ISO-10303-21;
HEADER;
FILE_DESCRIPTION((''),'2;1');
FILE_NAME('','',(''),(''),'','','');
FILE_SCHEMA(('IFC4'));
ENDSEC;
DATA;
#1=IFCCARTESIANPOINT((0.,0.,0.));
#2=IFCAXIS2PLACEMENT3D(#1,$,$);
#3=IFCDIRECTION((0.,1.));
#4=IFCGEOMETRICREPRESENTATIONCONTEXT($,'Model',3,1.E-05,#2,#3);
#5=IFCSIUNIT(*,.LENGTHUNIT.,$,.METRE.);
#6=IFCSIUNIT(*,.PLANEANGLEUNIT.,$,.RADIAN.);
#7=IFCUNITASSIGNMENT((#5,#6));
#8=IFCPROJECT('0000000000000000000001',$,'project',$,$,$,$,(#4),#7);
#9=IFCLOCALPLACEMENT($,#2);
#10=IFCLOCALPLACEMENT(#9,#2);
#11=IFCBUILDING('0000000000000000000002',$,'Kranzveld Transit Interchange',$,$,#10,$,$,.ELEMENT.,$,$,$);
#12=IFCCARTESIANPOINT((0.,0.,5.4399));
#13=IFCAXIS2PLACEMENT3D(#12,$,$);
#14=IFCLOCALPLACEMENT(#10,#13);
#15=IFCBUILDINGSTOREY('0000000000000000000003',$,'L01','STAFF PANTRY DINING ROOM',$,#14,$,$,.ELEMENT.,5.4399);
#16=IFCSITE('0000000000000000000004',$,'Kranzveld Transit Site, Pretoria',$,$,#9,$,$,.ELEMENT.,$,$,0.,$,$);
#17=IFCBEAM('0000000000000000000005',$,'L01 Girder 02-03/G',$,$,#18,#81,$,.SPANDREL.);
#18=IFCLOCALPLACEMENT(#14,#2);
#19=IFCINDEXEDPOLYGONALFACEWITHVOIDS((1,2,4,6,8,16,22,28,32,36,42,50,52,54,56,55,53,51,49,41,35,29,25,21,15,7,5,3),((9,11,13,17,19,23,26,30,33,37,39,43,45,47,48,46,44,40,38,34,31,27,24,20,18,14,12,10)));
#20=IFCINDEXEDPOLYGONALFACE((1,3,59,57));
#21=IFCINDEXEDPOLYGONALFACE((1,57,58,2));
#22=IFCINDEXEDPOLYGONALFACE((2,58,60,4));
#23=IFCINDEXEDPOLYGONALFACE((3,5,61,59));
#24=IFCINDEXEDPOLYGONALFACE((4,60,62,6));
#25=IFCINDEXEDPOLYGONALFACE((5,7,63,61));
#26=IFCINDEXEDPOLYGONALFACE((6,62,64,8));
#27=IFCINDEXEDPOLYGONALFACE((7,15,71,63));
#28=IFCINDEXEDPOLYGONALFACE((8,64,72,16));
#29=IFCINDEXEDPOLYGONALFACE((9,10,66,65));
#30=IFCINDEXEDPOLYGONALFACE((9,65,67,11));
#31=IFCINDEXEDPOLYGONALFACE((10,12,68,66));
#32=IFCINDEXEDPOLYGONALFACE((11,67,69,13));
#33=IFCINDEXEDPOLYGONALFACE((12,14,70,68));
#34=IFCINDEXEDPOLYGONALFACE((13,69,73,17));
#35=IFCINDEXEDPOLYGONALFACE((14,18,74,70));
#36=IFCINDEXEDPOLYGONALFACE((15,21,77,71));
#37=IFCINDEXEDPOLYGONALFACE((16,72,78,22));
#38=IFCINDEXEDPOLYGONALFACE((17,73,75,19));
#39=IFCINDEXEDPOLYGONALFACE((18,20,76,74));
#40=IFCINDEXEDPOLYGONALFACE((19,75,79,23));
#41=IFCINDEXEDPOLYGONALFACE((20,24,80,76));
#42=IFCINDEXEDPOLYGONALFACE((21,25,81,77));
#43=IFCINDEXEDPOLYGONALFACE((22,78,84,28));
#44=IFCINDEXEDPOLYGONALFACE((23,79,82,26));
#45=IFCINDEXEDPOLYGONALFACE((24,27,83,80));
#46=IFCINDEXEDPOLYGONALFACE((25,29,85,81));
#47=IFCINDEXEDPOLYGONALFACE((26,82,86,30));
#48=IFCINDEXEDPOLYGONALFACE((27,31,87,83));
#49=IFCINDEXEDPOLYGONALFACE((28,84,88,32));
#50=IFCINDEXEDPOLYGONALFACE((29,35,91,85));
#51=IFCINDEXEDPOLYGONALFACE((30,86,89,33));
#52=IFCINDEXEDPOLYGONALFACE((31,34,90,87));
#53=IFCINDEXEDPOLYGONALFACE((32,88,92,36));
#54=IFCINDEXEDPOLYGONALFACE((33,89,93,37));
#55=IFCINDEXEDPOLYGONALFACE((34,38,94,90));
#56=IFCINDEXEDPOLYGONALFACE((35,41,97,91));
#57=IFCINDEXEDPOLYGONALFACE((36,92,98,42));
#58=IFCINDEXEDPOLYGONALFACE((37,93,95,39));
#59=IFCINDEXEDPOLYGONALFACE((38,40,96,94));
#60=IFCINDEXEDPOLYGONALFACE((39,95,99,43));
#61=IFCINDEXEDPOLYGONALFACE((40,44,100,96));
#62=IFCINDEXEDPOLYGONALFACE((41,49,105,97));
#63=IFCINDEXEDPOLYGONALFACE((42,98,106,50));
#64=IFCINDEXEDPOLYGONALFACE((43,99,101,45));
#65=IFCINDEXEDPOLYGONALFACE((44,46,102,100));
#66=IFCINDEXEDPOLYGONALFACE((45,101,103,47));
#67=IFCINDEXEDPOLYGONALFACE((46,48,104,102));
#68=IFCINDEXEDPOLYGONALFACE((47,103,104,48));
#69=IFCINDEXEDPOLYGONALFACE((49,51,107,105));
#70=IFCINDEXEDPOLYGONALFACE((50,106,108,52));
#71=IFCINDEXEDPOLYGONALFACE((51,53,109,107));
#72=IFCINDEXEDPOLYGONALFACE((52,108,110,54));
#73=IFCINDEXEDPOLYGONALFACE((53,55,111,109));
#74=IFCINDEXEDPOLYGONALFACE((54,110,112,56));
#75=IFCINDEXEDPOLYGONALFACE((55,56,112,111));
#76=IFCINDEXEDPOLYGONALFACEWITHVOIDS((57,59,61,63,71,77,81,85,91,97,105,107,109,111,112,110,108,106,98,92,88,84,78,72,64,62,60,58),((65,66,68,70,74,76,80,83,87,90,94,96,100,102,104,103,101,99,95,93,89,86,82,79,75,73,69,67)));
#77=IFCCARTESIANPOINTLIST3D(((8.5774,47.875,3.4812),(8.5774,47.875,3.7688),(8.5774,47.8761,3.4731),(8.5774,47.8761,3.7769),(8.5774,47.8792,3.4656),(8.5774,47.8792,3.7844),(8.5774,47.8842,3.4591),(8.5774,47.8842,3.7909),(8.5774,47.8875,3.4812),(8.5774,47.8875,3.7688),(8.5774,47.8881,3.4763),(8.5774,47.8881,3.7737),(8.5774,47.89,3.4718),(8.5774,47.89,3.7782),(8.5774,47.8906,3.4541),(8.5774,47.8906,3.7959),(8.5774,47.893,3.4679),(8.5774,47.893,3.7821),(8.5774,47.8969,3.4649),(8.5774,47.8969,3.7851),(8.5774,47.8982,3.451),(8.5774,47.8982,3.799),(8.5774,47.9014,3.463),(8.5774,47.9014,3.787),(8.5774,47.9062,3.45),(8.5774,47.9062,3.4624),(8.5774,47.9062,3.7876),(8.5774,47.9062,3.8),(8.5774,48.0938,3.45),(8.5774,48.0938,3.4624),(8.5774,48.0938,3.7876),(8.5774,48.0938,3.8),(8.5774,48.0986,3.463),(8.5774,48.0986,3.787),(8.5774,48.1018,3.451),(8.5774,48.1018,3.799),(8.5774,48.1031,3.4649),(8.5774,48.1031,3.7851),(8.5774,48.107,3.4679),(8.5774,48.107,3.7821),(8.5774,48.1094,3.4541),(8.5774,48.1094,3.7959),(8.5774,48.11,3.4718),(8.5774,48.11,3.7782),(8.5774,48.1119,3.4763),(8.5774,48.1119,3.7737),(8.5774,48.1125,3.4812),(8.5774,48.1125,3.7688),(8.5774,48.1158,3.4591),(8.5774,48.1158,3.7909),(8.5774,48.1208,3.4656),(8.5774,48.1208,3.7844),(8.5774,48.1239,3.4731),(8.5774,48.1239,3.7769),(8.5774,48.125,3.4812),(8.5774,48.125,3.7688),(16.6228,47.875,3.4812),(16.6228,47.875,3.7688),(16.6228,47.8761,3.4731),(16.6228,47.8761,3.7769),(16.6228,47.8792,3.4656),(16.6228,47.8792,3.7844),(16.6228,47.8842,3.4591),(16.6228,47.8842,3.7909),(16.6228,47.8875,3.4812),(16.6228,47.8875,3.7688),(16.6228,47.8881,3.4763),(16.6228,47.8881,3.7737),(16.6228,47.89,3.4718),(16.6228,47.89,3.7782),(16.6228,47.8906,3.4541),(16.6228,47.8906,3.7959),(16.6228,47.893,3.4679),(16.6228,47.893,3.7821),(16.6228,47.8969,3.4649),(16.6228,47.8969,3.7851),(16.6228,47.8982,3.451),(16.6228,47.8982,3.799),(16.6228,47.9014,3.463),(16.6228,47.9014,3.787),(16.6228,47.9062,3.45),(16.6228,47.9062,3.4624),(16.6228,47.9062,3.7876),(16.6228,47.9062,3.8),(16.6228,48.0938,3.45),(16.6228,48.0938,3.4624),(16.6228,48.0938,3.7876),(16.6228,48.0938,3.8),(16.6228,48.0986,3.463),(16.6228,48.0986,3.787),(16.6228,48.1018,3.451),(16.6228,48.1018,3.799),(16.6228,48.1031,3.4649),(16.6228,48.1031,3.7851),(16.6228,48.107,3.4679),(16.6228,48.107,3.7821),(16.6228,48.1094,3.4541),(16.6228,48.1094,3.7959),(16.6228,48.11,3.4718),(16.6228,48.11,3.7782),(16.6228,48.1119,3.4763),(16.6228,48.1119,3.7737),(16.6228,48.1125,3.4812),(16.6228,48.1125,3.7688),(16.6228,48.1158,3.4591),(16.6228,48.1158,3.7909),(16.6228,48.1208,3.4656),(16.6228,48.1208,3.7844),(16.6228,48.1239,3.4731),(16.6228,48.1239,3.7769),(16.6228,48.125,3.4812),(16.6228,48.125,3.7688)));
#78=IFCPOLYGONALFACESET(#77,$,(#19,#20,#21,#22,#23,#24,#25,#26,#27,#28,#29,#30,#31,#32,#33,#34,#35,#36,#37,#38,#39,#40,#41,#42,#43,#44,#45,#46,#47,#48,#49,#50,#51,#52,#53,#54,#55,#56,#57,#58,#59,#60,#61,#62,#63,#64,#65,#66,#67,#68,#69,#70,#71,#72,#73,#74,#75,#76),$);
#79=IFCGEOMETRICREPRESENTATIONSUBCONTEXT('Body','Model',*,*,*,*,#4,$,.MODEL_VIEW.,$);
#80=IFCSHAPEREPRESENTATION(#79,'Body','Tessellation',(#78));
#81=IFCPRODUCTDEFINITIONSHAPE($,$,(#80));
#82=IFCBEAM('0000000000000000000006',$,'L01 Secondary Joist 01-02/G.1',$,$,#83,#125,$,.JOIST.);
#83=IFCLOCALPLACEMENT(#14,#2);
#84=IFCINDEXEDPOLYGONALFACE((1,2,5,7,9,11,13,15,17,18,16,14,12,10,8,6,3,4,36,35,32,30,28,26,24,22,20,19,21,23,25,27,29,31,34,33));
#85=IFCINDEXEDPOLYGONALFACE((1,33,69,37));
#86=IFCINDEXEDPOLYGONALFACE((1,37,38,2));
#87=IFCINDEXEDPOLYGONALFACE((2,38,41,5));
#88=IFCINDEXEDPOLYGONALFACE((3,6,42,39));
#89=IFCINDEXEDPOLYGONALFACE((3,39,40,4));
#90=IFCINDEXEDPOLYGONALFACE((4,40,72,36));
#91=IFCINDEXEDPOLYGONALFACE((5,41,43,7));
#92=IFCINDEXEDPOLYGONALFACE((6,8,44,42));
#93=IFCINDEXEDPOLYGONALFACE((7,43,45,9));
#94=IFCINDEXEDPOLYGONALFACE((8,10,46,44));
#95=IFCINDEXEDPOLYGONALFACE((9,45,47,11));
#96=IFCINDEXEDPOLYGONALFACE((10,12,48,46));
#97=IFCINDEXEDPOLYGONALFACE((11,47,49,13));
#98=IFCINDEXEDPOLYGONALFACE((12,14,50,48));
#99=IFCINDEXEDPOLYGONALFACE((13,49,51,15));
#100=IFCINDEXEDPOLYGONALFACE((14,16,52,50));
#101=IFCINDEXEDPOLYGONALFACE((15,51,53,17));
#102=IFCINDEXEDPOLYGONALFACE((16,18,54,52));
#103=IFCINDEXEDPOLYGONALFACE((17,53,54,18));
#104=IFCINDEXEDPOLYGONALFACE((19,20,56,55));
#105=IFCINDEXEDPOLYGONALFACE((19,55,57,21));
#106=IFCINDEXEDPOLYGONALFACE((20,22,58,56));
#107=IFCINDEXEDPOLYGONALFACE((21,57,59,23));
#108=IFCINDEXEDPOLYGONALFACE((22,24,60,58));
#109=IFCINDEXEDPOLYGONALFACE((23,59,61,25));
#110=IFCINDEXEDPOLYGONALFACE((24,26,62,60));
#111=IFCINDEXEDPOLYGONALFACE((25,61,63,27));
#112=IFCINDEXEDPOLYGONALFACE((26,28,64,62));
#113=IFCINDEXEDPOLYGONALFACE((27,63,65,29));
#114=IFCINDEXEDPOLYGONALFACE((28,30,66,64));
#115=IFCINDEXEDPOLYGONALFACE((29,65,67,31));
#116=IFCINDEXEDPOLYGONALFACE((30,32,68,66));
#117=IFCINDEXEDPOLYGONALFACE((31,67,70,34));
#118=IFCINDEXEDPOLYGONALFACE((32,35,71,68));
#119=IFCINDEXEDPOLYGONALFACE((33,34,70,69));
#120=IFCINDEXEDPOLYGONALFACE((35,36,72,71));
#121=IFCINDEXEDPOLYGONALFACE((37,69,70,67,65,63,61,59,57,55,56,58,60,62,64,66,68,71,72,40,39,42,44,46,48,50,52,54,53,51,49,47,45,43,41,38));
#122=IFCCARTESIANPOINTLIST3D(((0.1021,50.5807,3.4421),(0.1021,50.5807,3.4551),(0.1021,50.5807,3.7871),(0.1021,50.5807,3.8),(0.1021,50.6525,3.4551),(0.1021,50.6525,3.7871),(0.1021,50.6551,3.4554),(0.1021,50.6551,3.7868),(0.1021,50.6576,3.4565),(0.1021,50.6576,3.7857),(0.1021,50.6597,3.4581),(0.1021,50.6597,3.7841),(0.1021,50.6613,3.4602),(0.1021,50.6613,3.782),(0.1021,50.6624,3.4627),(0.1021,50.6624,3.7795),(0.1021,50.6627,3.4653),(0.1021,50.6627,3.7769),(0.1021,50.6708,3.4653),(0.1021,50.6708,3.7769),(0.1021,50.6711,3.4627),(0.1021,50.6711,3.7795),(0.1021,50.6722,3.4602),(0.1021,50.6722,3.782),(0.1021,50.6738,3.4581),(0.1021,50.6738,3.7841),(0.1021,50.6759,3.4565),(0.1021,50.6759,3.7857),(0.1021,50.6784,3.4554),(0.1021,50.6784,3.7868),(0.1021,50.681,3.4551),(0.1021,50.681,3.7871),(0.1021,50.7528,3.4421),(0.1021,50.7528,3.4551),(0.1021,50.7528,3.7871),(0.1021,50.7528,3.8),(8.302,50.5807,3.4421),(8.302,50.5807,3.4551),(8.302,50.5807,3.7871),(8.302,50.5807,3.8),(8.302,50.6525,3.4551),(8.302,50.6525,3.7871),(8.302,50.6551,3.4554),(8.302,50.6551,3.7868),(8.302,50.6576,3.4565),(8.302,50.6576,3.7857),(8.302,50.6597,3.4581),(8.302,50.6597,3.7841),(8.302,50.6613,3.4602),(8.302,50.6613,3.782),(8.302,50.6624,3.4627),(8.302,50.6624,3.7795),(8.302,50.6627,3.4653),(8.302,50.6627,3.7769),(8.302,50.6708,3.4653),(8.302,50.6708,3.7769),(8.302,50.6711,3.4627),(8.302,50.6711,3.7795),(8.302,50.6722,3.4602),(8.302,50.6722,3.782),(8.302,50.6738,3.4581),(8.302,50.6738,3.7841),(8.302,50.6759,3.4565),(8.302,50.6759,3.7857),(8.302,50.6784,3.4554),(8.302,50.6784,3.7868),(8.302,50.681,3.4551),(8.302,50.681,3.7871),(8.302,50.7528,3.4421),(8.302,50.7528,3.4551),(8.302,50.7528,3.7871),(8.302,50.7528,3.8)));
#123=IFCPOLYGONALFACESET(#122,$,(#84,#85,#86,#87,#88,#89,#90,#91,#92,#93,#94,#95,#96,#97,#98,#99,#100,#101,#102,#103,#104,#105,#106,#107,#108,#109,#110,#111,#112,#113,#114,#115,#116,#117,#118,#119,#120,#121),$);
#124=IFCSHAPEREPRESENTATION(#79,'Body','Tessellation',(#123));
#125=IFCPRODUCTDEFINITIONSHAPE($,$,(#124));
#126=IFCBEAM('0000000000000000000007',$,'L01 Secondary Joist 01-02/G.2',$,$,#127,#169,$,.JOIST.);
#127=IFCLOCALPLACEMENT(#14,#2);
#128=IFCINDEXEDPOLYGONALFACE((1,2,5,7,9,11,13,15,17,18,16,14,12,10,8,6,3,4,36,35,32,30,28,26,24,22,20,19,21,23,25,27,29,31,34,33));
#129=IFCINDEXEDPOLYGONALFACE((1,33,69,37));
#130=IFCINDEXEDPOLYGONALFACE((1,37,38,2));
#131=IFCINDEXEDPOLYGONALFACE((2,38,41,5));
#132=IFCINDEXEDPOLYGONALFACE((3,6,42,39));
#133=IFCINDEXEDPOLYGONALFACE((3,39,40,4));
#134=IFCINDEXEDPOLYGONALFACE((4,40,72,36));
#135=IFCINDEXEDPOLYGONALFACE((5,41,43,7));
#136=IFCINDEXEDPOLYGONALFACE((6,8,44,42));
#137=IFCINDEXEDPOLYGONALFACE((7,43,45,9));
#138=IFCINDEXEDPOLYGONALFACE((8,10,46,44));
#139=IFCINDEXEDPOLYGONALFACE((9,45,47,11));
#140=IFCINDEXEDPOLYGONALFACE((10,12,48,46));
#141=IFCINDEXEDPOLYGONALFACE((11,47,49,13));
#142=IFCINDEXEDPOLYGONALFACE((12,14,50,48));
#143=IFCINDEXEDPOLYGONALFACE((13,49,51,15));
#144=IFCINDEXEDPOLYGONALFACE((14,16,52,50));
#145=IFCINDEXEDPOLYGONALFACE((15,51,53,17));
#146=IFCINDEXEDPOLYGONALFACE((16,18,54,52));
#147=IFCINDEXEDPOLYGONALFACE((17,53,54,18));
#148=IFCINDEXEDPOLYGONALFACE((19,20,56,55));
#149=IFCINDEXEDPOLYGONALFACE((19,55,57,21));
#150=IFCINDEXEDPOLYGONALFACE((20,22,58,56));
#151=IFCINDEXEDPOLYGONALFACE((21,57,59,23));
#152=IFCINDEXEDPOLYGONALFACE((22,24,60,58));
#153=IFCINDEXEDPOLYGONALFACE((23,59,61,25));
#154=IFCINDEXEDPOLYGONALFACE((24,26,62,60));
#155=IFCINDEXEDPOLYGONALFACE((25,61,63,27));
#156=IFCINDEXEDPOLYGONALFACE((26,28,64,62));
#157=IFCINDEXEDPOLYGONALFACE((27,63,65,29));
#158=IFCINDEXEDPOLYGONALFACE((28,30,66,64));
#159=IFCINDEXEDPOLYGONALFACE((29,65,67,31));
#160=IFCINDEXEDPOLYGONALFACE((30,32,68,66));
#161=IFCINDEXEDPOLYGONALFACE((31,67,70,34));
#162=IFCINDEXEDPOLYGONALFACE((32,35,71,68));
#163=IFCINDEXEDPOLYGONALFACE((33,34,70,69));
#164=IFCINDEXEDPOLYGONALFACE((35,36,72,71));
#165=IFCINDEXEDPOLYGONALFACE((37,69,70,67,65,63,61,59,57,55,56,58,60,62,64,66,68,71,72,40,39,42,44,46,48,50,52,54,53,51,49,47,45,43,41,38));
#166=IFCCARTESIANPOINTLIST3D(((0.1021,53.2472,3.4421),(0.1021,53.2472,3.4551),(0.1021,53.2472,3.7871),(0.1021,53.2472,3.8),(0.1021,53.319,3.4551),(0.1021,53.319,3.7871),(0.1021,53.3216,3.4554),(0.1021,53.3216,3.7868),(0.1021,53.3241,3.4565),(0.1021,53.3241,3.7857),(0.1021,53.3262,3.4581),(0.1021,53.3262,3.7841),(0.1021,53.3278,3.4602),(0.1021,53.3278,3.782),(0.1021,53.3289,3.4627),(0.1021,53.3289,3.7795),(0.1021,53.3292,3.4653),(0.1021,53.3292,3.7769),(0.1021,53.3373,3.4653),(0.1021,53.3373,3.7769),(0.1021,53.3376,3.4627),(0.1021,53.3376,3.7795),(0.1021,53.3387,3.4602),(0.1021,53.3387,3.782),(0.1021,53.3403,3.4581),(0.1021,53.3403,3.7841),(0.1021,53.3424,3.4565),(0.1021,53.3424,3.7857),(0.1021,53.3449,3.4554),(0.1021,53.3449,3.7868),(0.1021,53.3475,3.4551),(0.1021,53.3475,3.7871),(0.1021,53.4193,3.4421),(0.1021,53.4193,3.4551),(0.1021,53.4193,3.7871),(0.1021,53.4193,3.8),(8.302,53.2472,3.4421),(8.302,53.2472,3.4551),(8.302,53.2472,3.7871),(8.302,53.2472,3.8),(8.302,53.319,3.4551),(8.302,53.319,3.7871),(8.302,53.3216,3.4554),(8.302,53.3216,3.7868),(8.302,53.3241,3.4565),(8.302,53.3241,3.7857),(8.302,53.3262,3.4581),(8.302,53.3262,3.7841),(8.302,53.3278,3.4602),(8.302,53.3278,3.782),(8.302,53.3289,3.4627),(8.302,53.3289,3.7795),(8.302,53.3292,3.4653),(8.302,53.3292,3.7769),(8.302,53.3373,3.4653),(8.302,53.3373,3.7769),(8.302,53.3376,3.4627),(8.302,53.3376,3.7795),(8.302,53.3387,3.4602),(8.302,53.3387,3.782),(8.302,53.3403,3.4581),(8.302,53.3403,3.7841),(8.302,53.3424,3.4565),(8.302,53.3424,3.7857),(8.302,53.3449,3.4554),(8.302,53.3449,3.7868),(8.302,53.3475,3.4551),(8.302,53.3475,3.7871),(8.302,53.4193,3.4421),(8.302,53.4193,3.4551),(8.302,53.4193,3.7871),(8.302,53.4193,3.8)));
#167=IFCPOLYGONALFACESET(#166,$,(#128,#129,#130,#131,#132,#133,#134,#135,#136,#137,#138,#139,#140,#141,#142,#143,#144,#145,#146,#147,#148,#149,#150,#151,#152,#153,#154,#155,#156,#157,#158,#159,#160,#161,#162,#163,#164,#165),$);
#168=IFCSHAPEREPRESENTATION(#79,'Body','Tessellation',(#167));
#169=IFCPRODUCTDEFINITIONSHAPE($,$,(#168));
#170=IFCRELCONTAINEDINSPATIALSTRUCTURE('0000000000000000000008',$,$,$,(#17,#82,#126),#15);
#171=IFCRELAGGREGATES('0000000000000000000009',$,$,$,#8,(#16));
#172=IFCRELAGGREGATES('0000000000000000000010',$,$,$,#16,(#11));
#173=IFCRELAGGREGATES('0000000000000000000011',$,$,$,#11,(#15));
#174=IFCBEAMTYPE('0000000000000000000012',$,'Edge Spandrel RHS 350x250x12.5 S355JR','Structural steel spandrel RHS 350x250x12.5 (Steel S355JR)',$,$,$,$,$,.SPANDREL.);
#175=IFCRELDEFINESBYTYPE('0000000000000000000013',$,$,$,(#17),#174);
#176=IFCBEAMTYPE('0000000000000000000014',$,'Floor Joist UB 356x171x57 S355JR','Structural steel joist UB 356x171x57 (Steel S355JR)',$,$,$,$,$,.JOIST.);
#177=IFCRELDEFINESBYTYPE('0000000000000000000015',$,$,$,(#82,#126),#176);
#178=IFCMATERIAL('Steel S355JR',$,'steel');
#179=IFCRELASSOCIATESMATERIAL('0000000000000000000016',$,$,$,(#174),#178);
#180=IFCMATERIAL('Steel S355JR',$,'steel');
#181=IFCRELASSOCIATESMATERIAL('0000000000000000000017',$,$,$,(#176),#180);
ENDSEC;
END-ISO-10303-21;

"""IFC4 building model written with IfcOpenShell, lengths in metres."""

from ifc_helpers import new_model, si_unit, direction, frame, origin, origin_2d, place, context, subcontext, project, spatial, hollow_rectangle, i_section, extrude, material, material_profile, profile_set, type_object, element, save


model = new_model("IFC4")

# Units and contexts
model_context = context("Model", 3, precision=1e-05, world=origin(), true_north=direction((0.0, 1.0)))
body_context = subcontext(model_context, "Body", "Model", "MODEL_VIEW")
ifc_project = project(units=[si_unit("LENGTHUNIT", "METRE"), si_unit("PLANEANGLEUNIT", "RADIAN")], contexts=[model_context])

# Site, building, storey
site_placement = place(None, origin())
site = spatial("IfcSite", under=ifc_project, at=site_placement, Name="Kranzveld Transit Site, Pretoria", CompositionType="ELEMENT", RefElevation=0.0)
building_placement = place(site_placement, origin())
building = spatial("IfcBuilding", under=site, at=building_placement, Name="Kranzveld Transit Interchange", CompositionType="ELEMENT")
storey_placement = place(building_placement, frame((0.0, 0.0, 5.4399)))
storey = spatial("IfcBuildingStorey", under=building, at=storey_placement, Name="L01", Description="STAFF PANTRY DINING ROOM", CompositionType="ELEMENT", Elevation=5.4399)

# Beams
ifc_material_1 = material(Name="Steel S355JR", Category="steel")
ifc_material_profile_1 = material_profile(ifc_material_1, hollow_rectangle(XDim=0.25, YDim=0.3501, WallThickness=0.0125, InnerFilletRadius=0.0188, OuterFilletRadius=0.0312, at=origin_2d()), Name="RHS 350x250x12.5")
ifc_profile_set_1 = profile_set([ifc_material_profile_1], Name="Steel S355JR")
beam_type_1 = type_object("IfcBeamType", Name="Edge Spandrel RHS 350x250x12.5 S355JR", Description="Structural steel spandrel RHS 350x250x12.5 (Steel S355JR)", PredefinedType="SPANDREL", material=ifc_profile_set_1)
for number, where, z_axis, x_axis, name in (
    (1, (8.5774, 48.0, 3.625), (1.0, 0.0, 0.0), (0.0, 1.0, 0.0), "L01 Girder 02-03/G"),
):
    element("IfcBeam", number, at=place(storey_placement, frame(where, z_axis=z_axis, x_axis=x_axis)), inside=storey, type_object=beam_type_1, Name=name, PredefinedType="SPANDREL", context=body_context, shape_type="SweptSolid", body=[
        extrude(hollow_rectangle(XDim=0.25, YDim=0.3501, WallThickness=0.0125, InnerFilletRadius=0.0188, OuterFilletRadius=0.0312, at=origin_2d()), origin(), (0.0, 0.0, 1.0), 8.0454),
    ])
ifc_material_2 = material(Name="Steel S355JR", Category="steel")
ifc_material_profile_2 = material_profile(ifc_material_2, i_section(OverallWidth=0.1721, OverallDepth=0.3579, WebThickness=0.0081, FlangeThickness=0.0129, FilletRadius=0.0103, at=origin_2d()), Name="UB 356x171x57")
ifc_profile_set_2 = profile_set([ifc_material_profile_2], Name="Steel S355JR")
beam_type_2 = type_object("IfcBeamType", Name="Floor Joist UB 356x171x57 S355JR", Description="Structural steel joist UB 356x171x57 (Steel S355JR)", PredefinedType="JOIST", material=ifc_profile_set_2)
for number, where, z_axis, x_axis, name in (
    (2, (0.1021, 50.6667, 3.6211), (1.0, 0.0, 0.0), (0.0, 1.0, 0.0), "L01 Secondary Joist 01-02/G.1"),
    (3, (0.1021, 53.3333, 3.6211), (1.0, 0.0, 0.0), (0.0, 1.0, 0.0), "L01 Secondary Joist 01-02/G.2"),
):
    element("IfcBeam", number, at=place(storey_placement, frame(where, z_axis=z_axis, x_axis=x_axis)), inside=storey, type_object=beam_type_2, Name=name, PredefinedType="JOIST", context=body_context, shape_type="SweptSolid", body=[
        extrude(i_section(OverallWidth=0.1721, OverallDepth=0.3579, WebThickness=0.0081, FlangeThickness=0.0129, FilletRadius=0.0103, at=origin_2d()), origin(), (0.0, 0.0, 1.0), 8.2),
    ])

save(model, "model.ifc")
